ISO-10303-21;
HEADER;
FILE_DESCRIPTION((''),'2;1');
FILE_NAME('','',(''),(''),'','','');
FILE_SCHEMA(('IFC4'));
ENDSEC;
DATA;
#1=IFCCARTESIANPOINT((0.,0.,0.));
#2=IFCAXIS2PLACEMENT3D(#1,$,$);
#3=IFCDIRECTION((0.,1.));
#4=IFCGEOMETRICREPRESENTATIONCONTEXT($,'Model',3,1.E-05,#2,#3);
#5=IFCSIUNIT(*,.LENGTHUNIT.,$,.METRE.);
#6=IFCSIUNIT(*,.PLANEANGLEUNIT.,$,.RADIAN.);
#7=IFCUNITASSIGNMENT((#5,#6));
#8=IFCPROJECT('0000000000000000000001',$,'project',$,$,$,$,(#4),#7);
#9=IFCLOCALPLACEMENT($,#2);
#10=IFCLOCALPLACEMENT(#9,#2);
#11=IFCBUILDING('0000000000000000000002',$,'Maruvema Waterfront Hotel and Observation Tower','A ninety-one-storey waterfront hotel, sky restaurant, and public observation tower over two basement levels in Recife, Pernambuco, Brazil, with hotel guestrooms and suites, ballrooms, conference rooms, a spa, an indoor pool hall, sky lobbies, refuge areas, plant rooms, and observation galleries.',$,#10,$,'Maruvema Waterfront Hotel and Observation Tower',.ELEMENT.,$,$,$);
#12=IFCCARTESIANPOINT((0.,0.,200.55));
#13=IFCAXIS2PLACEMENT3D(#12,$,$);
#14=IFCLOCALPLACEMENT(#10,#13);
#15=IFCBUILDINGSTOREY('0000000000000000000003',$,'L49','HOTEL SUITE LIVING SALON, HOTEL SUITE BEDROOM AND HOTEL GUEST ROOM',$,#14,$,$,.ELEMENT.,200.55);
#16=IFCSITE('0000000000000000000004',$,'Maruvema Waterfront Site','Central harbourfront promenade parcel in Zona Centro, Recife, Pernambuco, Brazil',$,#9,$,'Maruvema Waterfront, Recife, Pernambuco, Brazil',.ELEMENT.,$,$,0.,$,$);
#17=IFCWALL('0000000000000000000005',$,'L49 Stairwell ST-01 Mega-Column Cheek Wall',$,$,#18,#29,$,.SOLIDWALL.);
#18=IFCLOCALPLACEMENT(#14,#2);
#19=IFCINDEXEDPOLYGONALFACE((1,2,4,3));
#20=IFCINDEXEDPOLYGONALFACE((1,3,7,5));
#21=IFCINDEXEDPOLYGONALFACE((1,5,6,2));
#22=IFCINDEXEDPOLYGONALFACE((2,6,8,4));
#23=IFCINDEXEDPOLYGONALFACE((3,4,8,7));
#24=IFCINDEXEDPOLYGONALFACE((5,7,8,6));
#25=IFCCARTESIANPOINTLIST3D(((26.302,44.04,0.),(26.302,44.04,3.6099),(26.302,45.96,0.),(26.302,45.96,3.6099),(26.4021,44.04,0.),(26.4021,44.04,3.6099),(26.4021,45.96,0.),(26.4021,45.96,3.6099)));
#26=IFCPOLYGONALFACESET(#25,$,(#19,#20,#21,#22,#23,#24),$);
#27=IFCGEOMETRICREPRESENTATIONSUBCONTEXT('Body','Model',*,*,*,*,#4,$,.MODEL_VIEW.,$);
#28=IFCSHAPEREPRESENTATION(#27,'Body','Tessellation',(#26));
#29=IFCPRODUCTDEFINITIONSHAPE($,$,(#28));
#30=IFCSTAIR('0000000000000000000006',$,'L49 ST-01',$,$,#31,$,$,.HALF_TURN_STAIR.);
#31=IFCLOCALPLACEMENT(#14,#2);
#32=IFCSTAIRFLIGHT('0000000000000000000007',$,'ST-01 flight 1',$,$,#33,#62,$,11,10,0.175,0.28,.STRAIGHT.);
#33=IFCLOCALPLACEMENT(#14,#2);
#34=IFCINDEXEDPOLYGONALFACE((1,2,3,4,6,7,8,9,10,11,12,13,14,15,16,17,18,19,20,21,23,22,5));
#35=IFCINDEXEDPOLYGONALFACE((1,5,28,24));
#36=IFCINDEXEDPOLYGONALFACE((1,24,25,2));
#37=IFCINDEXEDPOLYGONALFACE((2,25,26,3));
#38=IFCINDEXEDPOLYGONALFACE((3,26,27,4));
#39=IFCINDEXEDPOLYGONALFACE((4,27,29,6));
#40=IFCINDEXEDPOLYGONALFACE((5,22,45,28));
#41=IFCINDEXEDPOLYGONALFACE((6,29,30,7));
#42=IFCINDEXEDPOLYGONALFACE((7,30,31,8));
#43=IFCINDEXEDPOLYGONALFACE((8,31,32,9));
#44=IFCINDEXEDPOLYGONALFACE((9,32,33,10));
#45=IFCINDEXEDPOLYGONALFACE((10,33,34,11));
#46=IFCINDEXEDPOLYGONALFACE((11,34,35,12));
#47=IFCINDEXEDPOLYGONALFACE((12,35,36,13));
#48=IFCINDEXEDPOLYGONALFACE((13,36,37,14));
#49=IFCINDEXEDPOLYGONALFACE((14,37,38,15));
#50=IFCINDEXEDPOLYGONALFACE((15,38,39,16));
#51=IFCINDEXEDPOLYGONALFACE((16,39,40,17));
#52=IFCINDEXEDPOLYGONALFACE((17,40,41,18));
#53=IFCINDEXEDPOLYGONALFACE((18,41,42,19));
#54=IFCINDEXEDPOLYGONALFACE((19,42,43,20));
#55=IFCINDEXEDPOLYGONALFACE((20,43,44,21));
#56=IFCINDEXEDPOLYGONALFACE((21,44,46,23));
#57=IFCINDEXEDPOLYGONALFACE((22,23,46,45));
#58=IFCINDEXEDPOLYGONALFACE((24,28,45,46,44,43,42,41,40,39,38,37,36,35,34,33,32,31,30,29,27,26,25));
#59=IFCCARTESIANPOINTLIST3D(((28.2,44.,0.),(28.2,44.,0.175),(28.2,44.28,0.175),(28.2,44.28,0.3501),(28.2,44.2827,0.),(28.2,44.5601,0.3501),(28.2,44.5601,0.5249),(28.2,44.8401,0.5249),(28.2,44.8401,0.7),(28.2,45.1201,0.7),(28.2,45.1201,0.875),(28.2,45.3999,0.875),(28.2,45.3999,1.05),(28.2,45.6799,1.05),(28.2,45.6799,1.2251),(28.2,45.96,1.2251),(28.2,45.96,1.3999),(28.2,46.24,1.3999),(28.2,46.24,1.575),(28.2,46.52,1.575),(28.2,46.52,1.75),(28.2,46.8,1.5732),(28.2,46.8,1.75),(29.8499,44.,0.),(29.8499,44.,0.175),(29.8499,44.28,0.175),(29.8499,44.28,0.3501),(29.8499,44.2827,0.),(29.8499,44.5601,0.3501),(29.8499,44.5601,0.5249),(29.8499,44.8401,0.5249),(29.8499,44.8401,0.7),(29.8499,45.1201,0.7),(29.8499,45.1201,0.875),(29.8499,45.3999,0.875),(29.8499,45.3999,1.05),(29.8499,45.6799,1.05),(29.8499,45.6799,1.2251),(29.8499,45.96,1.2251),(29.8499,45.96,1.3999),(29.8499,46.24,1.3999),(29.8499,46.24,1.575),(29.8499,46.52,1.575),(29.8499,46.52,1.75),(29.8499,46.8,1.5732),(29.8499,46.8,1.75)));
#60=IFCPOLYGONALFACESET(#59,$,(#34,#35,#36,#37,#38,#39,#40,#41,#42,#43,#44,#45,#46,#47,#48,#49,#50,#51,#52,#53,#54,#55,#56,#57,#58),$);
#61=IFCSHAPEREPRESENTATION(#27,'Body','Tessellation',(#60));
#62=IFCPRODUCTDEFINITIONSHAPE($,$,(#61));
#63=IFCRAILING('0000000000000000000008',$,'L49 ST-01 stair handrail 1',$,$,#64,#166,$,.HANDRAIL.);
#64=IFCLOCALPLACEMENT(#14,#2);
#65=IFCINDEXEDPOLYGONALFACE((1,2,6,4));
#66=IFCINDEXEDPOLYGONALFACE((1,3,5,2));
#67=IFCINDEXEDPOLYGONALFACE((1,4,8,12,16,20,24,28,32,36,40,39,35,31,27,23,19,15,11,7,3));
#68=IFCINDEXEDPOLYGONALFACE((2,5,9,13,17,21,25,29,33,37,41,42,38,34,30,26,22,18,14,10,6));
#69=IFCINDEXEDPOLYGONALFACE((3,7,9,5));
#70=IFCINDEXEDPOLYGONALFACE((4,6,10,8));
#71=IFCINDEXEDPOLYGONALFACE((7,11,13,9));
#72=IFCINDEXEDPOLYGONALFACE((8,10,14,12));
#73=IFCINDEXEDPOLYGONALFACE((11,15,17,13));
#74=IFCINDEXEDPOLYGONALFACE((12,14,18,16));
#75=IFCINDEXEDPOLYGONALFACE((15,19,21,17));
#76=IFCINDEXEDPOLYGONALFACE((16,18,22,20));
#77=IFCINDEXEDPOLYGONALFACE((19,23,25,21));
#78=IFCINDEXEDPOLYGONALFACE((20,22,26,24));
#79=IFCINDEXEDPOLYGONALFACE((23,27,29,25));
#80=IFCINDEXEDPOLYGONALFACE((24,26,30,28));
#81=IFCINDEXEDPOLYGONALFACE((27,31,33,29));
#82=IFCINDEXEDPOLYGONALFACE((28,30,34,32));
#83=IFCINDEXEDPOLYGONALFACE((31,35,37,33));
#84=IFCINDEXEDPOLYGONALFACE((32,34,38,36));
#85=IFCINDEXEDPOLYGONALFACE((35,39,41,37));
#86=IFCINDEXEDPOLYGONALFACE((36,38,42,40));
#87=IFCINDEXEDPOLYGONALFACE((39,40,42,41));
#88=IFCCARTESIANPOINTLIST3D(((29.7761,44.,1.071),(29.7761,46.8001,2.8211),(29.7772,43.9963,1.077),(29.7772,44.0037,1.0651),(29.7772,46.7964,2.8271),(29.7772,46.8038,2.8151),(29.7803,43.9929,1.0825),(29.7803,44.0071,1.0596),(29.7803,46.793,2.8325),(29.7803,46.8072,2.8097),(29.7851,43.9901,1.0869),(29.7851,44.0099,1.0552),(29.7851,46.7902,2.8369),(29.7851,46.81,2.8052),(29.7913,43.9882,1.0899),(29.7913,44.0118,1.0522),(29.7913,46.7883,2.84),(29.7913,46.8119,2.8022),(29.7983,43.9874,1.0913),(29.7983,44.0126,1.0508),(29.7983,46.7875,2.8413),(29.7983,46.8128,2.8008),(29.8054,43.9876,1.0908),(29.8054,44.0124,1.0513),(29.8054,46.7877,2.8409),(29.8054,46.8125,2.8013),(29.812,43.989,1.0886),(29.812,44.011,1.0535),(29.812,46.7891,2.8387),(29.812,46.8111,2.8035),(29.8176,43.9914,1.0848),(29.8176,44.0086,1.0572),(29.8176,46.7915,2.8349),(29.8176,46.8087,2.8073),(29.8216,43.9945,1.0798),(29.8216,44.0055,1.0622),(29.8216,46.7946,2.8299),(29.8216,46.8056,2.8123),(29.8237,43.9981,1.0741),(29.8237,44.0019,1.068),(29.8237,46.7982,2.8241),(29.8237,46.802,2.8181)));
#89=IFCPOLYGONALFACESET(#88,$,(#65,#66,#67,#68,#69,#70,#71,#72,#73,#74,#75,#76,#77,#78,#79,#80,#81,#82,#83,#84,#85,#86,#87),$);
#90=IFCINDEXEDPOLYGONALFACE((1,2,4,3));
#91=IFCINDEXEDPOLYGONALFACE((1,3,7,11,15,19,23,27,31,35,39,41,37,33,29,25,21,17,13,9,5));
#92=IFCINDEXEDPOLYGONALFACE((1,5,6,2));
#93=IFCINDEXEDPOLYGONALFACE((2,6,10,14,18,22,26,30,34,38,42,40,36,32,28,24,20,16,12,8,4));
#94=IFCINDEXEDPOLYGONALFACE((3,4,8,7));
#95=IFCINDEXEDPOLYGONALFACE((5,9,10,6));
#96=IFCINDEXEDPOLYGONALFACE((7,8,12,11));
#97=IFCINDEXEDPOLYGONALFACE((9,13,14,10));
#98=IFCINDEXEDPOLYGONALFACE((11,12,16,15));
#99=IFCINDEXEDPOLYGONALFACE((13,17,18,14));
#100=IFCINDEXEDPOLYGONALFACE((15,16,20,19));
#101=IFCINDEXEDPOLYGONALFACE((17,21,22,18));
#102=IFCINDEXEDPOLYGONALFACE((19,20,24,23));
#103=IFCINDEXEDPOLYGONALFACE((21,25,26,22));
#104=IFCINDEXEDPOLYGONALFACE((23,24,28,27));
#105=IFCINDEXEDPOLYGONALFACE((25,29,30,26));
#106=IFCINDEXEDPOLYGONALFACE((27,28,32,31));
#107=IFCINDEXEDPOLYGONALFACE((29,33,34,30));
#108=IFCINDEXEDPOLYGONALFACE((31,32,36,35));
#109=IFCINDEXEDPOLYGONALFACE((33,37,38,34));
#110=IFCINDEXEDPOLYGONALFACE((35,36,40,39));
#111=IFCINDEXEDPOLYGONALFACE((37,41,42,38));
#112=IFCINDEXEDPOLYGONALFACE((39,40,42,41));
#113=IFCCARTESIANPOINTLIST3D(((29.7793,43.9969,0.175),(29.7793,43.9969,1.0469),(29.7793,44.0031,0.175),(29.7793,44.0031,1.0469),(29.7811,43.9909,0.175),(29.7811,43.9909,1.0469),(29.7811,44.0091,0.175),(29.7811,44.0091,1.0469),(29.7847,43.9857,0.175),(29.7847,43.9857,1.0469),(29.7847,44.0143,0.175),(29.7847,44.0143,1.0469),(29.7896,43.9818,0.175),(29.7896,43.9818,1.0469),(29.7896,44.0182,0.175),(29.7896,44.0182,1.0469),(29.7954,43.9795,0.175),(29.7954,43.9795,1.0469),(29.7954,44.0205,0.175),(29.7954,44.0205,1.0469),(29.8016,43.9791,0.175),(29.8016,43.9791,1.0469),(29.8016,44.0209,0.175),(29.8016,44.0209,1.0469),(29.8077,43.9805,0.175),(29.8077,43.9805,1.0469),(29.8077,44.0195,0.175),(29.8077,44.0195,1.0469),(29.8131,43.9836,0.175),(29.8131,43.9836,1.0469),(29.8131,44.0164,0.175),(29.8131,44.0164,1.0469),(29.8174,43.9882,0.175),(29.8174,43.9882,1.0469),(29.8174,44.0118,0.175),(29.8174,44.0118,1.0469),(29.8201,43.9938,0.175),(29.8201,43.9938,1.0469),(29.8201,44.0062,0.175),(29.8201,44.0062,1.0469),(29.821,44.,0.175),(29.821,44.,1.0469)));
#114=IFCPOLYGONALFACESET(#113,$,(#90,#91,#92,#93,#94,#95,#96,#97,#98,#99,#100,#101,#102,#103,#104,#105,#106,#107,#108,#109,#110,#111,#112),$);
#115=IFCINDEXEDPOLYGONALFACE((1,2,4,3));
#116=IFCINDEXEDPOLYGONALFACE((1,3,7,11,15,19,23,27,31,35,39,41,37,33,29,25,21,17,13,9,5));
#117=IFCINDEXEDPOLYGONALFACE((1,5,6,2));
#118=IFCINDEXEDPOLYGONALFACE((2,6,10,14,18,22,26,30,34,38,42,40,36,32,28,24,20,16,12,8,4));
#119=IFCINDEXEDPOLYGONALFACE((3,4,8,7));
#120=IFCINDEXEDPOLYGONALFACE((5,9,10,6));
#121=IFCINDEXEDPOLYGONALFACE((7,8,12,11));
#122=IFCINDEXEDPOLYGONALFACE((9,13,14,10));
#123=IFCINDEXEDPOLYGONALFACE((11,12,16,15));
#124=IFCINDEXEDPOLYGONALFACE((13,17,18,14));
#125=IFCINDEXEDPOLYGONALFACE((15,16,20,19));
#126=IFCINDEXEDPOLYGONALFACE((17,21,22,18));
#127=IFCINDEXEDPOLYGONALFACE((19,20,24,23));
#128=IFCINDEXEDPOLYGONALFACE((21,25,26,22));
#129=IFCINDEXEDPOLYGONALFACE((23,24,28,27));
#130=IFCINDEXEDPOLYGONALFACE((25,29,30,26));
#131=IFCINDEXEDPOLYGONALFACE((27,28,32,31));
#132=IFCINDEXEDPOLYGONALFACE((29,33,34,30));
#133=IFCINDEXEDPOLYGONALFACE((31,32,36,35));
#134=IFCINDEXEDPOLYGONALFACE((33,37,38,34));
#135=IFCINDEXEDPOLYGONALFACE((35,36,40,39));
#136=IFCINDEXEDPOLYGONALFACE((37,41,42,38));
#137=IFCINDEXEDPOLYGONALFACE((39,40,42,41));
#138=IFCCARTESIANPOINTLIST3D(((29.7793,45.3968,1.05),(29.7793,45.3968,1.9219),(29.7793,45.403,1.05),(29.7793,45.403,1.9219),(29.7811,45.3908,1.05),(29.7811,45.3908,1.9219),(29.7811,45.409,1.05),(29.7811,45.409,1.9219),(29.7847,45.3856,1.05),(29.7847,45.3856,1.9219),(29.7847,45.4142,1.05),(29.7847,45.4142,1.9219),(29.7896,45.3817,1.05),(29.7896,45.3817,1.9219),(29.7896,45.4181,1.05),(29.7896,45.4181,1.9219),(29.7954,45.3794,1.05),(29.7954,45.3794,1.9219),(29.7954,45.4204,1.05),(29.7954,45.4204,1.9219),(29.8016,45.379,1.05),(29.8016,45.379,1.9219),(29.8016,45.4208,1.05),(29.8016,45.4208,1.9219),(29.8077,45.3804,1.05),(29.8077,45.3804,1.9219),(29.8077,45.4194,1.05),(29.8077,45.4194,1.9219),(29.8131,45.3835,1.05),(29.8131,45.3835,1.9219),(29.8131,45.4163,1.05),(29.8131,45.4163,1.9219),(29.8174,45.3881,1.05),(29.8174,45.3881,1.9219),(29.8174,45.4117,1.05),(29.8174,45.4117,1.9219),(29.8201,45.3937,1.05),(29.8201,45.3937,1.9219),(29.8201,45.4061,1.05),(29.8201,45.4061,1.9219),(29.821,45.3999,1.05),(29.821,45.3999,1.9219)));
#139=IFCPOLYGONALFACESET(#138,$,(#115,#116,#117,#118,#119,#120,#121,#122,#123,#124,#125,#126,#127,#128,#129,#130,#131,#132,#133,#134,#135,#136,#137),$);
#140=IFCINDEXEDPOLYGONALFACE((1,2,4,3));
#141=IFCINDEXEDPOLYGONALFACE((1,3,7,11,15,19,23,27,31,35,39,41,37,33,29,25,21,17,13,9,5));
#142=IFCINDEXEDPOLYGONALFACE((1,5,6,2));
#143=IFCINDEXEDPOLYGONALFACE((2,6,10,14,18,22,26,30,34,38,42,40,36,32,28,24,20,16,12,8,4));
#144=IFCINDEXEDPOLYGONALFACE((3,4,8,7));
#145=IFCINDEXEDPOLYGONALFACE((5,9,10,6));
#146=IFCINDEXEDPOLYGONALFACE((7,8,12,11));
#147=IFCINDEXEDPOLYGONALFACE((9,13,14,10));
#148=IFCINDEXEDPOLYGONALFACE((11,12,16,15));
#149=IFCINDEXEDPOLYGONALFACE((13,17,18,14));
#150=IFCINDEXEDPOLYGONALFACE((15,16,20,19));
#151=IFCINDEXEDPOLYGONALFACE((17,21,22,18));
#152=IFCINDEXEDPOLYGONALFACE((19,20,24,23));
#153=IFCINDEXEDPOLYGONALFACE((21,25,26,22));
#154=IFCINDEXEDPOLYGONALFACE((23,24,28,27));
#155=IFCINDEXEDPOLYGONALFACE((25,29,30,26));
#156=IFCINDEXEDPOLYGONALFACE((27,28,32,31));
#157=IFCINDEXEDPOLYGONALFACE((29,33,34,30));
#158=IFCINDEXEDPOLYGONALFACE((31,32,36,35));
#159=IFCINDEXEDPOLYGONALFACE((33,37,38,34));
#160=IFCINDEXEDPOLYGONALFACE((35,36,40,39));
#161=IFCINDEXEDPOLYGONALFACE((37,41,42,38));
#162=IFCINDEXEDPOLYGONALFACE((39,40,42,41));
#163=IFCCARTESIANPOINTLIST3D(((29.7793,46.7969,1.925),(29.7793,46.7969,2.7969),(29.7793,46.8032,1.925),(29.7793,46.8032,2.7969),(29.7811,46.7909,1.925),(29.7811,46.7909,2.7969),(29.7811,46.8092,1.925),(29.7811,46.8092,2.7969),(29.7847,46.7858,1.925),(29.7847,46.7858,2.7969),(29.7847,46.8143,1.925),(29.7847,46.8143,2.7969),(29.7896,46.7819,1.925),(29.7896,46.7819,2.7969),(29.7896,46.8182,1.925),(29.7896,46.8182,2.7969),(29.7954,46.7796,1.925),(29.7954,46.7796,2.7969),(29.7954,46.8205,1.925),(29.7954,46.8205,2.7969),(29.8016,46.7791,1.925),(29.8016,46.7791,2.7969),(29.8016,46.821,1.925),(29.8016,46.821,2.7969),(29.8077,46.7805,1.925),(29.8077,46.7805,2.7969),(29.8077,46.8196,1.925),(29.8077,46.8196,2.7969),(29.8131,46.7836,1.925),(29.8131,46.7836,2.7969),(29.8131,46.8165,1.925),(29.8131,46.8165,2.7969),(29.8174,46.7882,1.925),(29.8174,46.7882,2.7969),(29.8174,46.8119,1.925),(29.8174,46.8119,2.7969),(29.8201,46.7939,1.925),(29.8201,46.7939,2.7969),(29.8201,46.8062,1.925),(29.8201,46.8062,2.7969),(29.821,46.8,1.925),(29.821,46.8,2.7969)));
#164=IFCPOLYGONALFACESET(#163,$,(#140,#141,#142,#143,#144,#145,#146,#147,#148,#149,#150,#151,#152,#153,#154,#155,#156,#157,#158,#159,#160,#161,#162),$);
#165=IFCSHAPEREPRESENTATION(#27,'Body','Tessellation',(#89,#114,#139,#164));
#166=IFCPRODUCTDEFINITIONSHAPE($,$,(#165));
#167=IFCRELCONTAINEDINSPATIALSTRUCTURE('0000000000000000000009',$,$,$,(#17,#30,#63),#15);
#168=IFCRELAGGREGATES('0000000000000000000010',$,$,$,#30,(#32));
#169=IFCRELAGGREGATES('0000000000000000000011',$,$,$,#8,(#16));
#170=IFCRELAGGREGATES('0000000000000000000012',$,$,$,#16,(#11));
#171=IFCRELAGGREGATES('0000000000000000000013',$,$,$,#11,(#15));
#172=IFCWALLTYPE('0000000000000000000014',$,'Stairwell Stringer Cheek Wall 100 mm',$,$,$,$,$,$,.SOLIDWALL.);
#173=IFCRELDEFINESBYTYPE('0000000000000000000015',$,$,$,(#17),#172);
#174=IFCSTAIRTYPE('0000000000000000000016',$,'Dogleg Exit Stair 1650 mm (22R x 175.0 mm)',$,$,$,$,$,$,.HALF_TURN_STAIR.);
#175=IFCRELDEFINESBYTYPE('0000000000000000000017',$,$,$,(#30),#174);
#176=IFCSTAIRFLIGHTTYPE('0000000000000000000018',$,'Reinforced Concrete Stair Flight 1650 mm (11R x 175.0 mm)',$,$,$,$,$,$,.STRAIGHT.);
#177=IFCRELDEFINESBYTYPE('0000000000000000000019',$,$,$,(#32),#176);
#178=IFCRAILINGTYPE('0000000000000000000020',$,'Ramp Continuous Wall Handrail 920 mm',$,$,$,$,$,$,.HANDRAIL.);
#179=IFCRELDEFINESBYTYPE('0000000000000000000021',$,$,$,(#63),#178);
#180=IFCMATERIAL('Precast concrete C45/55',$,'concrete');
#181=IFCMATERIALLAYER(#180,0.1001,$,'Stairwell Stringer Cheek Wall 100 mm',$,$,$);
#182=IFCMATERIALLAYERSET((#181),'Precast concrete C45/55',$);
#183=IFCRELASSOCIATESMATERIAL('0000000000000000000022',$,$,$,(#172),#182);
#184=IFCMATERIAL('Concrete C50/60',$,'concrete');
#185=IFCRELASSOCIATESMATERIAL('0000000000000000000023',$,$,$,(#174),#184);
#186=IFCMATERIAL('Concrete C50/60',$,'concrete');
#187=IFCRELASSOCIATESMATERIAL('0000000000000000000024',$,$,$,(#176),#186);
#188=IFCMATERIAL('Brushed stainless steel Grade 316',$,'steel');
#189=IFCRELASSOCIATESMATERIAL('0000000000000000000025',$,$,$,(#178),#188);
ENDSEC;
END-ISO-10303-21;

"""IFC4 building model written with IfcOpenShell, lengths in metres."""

from ifc_helpers import new_model, si_unit, direction, frame, frame_2d, origin, origin_2d, place, context, subcontext, project, spatial, polyline, rectangle, circle, outline, extrude, material, layer, layer_set, type_object, element, aggregate, save


model = new_model("IFC4")

# Units and contexts
model_context = context("Model", 3, precision=1e-05, world=origin(), true_north=direction((0.0, 1.0)))
body_context = subcontext(model_context, "Body", "Model", "MODEL_VIEW")
ifc_project = project(units=[si_unit("LENGTHUNIT", "METRE"), si_unit("PLANEANGLEUNIT", "RADIAN")], contexts=[model_context])

# Site, building, storey
site_placement = place(None, origin())
site = spatial("IfcSite", under=ifc_project, at=site_placement, Name="Maruvema Waterfront Site", Description="Central harbourfront promenade parcel in Zona Centro, Recife, Pernambuco, Brazil", LongName="Maruvema Waterfront, Recife, Pernambuco, Brazil", CompositionType="ELEMENT", RefElevation=0.0)
building_placement = place(site_placement, origin())
building = spatial("IfcBuilding", under=site, at=building_placement, Name="Maruvema Waterfront Hotel and Observation Tower", Description="A ninety-one-storey waterfront hotel, sky restaurant, and public observation tower over two basement levels in Recife, Pernambuco, Brazil, with hotel guestrooms and suites, ballrooms, conference rooms, a spa, an indoor pool hall, sky lobbies, refuge areas, plant rooms, and observation galleries.", LongName="Maruvema Waterfront Hotel and Observation Tower", CompositionType="ELEMENT")
storey_placement = place(building_placement, frame((0.0, 0.0, 200.55)))
storey = spatial("IfcBuildingStorey", under=building, at=storey_placement, Name="L49", Description="HOTEL SUITE LIVING SALON, HOTEL SUITE BEDROOM AND HOTEL GUEST ROOM", CompositionType="ELEMENT", Elevation=200.55)

# Wall
ifc_material_1 = material(Name="Precast concrete C45/55", Category="concrete")
ifc_layer_1 = layer(ifc_material_1, 0.1001, Name="Stairwell Stringer Cheek Wall 100 mm")
ifc_layer_set_1 = layer_set([ifc_layer_1], Name="Precast concrete C45/55")
wall_type_1 = type_object("IfcWallType", Name="Stairwell Stringer Cheek Wall 100 mm", PredefinedType="SOLIDWALL", material=ifc_layer_set_1)
wall_1_placement = place(storey_placement, frame((26.3521, 44.04, 0.0), z_axis=(0.0, 0.0, 1.0), x_axis=(0.0, 1.0, 0.0)))
element("IfcWall", 1, at=wall_1_placement, inside=storey, type_object=wall_type_1, Name="L49 Stairwell ST-01 Mega-Column Cheek Wall", PredefinedType="SOLIDWALL", context=body_context, shape_type="SweptSolid", body=[
    extrude(rectangle(XDim=1.9199, YDim=0.1001, at=frame_2d((0.96, 0.0))), origin(), (0.0, 0.0, 1.0), 3.6099),
])

# Stair, stair flight
ifc_material_2 = material(Name="Concrete C50/60", Category="concrete")
stair_type = type_object("IfcStairType", Name="Dogleg Exit Stair 1650 mm (22R x 175.0 mm)", PredefinedType="HALF_TURN_STAIR", material=ifc_material_2)
stair_placement = place(storey_placement, origin())
stair = element("IfcStair", 2, at=stair_placement, inside=storey, type_object=stair_type, Name="L49 ST-01", PredefinedType="HALF_TURN_STAIR")
ifc_material_3 = material(Name="Concrete C50/60", Category="concrete")
stair_flight_type = type_object("IfcStairFlightType", Name="Reinforced Concrete Stair Flight 1650 mm (11R x 175.0 mm)", PredefinedType="STRAIGHT", material=ifc_material_3)
stair_flight_placement = place(storey_placement, frame((29.0249, 44.0, 0.0), z_axis=(0.0, 0.0, 1.0), x_axis=(0.0, 1.0, 0.0)))
stair_flight = element("IfcStairFlight", 3, at=stair_flight_placement, type_object=stair_flight_type, Name="ST-01 flight 1", NumberOfRisers=11, NumberOfTreads=10, PredefinedType="STRAIGHT", RiserHeight=0.175, TreadLength=0.28, context=body_context, shape_type="SweptSolid", body=[
    extrude(outline(polyline([(0.0, 0.0), (0.0, 0.175), (0.28, 0.175), (0.28, 0.3501), (0.5601, 0.3501), (0.5601, 0.5249), (0.8401, 0.5249), (0.8401, 0.7), (1.1201, 0.7), (1.1201, 0.875), (1.3999, 0.875), (1.3999, 1.05), (1.6799, 1.05), (1.6799, 1.2251), (1.96, 1.2251), (1.96, 1.3999), (2.24, 1.3999), (2.24, 1.575), (2.52, 1.575), (2.52, 1.75), (2.8, 1.75), (2.8, 1.925), (2.8, 1.5732), (0.2827, 0.0), (0.0, 0.0)])), frame((0.0, 0.825, 0.0), z_axis=(0.0, -1.0, 0.0), x_axis=(1.0, 0.0, 0.0)), (0.0, 0.0, 1.0), 1.6499),
])
aggregate(stair, [stair_flight])

# Railing
ifc_material_4 = material(Name="Brushed stainless steel Grade 316", Category="steel")
railing_type_1 = type_object("IfcRailingType", Name="Ramp Continuous Wall Handrail 920 mm", PredefinedType="HANDRAIL", material=ifc_material_4)
railing_1_placement = place(storey_placement, frame((29.8, 44.0, 0.175)))
element("IfcRailing", 4, at=railing_1_placement, inside=storey, type_object=railing_type_1, Name="L49 ST-01 stair handrail 1", PredefinedType="HANDRAIL", context=body_context, shape_type="SweptSolid", body=[
    extrude(circle(Radius=0.0239, at=origin_2d()), frame((0.0, 0.0, 0.896), z_axis=(0.0, 0.848002, 0.529992), x_axis=(-1.0, 0.0, 0.0)), (0.0, 0.0, 1.0), 3.302),
    extrude(circle(Radius=0.021, at=origin_2d()), origin(), (0.0, 0.0, 1.0), 0.8718),
    extrude(circle(Radius=0.021, at=origin_2d()), frame((0.0, 1.3999, 0.875)), (0.0, 0.0, 1.0), 0.8718),
    extrude(circle(Radius=0.021, at=origin_2d()), frame((0.0, 2.8, 1.75)), (0.0, 0.0, 1.0), 0.8718),
])

save(model, "model.ifc")
